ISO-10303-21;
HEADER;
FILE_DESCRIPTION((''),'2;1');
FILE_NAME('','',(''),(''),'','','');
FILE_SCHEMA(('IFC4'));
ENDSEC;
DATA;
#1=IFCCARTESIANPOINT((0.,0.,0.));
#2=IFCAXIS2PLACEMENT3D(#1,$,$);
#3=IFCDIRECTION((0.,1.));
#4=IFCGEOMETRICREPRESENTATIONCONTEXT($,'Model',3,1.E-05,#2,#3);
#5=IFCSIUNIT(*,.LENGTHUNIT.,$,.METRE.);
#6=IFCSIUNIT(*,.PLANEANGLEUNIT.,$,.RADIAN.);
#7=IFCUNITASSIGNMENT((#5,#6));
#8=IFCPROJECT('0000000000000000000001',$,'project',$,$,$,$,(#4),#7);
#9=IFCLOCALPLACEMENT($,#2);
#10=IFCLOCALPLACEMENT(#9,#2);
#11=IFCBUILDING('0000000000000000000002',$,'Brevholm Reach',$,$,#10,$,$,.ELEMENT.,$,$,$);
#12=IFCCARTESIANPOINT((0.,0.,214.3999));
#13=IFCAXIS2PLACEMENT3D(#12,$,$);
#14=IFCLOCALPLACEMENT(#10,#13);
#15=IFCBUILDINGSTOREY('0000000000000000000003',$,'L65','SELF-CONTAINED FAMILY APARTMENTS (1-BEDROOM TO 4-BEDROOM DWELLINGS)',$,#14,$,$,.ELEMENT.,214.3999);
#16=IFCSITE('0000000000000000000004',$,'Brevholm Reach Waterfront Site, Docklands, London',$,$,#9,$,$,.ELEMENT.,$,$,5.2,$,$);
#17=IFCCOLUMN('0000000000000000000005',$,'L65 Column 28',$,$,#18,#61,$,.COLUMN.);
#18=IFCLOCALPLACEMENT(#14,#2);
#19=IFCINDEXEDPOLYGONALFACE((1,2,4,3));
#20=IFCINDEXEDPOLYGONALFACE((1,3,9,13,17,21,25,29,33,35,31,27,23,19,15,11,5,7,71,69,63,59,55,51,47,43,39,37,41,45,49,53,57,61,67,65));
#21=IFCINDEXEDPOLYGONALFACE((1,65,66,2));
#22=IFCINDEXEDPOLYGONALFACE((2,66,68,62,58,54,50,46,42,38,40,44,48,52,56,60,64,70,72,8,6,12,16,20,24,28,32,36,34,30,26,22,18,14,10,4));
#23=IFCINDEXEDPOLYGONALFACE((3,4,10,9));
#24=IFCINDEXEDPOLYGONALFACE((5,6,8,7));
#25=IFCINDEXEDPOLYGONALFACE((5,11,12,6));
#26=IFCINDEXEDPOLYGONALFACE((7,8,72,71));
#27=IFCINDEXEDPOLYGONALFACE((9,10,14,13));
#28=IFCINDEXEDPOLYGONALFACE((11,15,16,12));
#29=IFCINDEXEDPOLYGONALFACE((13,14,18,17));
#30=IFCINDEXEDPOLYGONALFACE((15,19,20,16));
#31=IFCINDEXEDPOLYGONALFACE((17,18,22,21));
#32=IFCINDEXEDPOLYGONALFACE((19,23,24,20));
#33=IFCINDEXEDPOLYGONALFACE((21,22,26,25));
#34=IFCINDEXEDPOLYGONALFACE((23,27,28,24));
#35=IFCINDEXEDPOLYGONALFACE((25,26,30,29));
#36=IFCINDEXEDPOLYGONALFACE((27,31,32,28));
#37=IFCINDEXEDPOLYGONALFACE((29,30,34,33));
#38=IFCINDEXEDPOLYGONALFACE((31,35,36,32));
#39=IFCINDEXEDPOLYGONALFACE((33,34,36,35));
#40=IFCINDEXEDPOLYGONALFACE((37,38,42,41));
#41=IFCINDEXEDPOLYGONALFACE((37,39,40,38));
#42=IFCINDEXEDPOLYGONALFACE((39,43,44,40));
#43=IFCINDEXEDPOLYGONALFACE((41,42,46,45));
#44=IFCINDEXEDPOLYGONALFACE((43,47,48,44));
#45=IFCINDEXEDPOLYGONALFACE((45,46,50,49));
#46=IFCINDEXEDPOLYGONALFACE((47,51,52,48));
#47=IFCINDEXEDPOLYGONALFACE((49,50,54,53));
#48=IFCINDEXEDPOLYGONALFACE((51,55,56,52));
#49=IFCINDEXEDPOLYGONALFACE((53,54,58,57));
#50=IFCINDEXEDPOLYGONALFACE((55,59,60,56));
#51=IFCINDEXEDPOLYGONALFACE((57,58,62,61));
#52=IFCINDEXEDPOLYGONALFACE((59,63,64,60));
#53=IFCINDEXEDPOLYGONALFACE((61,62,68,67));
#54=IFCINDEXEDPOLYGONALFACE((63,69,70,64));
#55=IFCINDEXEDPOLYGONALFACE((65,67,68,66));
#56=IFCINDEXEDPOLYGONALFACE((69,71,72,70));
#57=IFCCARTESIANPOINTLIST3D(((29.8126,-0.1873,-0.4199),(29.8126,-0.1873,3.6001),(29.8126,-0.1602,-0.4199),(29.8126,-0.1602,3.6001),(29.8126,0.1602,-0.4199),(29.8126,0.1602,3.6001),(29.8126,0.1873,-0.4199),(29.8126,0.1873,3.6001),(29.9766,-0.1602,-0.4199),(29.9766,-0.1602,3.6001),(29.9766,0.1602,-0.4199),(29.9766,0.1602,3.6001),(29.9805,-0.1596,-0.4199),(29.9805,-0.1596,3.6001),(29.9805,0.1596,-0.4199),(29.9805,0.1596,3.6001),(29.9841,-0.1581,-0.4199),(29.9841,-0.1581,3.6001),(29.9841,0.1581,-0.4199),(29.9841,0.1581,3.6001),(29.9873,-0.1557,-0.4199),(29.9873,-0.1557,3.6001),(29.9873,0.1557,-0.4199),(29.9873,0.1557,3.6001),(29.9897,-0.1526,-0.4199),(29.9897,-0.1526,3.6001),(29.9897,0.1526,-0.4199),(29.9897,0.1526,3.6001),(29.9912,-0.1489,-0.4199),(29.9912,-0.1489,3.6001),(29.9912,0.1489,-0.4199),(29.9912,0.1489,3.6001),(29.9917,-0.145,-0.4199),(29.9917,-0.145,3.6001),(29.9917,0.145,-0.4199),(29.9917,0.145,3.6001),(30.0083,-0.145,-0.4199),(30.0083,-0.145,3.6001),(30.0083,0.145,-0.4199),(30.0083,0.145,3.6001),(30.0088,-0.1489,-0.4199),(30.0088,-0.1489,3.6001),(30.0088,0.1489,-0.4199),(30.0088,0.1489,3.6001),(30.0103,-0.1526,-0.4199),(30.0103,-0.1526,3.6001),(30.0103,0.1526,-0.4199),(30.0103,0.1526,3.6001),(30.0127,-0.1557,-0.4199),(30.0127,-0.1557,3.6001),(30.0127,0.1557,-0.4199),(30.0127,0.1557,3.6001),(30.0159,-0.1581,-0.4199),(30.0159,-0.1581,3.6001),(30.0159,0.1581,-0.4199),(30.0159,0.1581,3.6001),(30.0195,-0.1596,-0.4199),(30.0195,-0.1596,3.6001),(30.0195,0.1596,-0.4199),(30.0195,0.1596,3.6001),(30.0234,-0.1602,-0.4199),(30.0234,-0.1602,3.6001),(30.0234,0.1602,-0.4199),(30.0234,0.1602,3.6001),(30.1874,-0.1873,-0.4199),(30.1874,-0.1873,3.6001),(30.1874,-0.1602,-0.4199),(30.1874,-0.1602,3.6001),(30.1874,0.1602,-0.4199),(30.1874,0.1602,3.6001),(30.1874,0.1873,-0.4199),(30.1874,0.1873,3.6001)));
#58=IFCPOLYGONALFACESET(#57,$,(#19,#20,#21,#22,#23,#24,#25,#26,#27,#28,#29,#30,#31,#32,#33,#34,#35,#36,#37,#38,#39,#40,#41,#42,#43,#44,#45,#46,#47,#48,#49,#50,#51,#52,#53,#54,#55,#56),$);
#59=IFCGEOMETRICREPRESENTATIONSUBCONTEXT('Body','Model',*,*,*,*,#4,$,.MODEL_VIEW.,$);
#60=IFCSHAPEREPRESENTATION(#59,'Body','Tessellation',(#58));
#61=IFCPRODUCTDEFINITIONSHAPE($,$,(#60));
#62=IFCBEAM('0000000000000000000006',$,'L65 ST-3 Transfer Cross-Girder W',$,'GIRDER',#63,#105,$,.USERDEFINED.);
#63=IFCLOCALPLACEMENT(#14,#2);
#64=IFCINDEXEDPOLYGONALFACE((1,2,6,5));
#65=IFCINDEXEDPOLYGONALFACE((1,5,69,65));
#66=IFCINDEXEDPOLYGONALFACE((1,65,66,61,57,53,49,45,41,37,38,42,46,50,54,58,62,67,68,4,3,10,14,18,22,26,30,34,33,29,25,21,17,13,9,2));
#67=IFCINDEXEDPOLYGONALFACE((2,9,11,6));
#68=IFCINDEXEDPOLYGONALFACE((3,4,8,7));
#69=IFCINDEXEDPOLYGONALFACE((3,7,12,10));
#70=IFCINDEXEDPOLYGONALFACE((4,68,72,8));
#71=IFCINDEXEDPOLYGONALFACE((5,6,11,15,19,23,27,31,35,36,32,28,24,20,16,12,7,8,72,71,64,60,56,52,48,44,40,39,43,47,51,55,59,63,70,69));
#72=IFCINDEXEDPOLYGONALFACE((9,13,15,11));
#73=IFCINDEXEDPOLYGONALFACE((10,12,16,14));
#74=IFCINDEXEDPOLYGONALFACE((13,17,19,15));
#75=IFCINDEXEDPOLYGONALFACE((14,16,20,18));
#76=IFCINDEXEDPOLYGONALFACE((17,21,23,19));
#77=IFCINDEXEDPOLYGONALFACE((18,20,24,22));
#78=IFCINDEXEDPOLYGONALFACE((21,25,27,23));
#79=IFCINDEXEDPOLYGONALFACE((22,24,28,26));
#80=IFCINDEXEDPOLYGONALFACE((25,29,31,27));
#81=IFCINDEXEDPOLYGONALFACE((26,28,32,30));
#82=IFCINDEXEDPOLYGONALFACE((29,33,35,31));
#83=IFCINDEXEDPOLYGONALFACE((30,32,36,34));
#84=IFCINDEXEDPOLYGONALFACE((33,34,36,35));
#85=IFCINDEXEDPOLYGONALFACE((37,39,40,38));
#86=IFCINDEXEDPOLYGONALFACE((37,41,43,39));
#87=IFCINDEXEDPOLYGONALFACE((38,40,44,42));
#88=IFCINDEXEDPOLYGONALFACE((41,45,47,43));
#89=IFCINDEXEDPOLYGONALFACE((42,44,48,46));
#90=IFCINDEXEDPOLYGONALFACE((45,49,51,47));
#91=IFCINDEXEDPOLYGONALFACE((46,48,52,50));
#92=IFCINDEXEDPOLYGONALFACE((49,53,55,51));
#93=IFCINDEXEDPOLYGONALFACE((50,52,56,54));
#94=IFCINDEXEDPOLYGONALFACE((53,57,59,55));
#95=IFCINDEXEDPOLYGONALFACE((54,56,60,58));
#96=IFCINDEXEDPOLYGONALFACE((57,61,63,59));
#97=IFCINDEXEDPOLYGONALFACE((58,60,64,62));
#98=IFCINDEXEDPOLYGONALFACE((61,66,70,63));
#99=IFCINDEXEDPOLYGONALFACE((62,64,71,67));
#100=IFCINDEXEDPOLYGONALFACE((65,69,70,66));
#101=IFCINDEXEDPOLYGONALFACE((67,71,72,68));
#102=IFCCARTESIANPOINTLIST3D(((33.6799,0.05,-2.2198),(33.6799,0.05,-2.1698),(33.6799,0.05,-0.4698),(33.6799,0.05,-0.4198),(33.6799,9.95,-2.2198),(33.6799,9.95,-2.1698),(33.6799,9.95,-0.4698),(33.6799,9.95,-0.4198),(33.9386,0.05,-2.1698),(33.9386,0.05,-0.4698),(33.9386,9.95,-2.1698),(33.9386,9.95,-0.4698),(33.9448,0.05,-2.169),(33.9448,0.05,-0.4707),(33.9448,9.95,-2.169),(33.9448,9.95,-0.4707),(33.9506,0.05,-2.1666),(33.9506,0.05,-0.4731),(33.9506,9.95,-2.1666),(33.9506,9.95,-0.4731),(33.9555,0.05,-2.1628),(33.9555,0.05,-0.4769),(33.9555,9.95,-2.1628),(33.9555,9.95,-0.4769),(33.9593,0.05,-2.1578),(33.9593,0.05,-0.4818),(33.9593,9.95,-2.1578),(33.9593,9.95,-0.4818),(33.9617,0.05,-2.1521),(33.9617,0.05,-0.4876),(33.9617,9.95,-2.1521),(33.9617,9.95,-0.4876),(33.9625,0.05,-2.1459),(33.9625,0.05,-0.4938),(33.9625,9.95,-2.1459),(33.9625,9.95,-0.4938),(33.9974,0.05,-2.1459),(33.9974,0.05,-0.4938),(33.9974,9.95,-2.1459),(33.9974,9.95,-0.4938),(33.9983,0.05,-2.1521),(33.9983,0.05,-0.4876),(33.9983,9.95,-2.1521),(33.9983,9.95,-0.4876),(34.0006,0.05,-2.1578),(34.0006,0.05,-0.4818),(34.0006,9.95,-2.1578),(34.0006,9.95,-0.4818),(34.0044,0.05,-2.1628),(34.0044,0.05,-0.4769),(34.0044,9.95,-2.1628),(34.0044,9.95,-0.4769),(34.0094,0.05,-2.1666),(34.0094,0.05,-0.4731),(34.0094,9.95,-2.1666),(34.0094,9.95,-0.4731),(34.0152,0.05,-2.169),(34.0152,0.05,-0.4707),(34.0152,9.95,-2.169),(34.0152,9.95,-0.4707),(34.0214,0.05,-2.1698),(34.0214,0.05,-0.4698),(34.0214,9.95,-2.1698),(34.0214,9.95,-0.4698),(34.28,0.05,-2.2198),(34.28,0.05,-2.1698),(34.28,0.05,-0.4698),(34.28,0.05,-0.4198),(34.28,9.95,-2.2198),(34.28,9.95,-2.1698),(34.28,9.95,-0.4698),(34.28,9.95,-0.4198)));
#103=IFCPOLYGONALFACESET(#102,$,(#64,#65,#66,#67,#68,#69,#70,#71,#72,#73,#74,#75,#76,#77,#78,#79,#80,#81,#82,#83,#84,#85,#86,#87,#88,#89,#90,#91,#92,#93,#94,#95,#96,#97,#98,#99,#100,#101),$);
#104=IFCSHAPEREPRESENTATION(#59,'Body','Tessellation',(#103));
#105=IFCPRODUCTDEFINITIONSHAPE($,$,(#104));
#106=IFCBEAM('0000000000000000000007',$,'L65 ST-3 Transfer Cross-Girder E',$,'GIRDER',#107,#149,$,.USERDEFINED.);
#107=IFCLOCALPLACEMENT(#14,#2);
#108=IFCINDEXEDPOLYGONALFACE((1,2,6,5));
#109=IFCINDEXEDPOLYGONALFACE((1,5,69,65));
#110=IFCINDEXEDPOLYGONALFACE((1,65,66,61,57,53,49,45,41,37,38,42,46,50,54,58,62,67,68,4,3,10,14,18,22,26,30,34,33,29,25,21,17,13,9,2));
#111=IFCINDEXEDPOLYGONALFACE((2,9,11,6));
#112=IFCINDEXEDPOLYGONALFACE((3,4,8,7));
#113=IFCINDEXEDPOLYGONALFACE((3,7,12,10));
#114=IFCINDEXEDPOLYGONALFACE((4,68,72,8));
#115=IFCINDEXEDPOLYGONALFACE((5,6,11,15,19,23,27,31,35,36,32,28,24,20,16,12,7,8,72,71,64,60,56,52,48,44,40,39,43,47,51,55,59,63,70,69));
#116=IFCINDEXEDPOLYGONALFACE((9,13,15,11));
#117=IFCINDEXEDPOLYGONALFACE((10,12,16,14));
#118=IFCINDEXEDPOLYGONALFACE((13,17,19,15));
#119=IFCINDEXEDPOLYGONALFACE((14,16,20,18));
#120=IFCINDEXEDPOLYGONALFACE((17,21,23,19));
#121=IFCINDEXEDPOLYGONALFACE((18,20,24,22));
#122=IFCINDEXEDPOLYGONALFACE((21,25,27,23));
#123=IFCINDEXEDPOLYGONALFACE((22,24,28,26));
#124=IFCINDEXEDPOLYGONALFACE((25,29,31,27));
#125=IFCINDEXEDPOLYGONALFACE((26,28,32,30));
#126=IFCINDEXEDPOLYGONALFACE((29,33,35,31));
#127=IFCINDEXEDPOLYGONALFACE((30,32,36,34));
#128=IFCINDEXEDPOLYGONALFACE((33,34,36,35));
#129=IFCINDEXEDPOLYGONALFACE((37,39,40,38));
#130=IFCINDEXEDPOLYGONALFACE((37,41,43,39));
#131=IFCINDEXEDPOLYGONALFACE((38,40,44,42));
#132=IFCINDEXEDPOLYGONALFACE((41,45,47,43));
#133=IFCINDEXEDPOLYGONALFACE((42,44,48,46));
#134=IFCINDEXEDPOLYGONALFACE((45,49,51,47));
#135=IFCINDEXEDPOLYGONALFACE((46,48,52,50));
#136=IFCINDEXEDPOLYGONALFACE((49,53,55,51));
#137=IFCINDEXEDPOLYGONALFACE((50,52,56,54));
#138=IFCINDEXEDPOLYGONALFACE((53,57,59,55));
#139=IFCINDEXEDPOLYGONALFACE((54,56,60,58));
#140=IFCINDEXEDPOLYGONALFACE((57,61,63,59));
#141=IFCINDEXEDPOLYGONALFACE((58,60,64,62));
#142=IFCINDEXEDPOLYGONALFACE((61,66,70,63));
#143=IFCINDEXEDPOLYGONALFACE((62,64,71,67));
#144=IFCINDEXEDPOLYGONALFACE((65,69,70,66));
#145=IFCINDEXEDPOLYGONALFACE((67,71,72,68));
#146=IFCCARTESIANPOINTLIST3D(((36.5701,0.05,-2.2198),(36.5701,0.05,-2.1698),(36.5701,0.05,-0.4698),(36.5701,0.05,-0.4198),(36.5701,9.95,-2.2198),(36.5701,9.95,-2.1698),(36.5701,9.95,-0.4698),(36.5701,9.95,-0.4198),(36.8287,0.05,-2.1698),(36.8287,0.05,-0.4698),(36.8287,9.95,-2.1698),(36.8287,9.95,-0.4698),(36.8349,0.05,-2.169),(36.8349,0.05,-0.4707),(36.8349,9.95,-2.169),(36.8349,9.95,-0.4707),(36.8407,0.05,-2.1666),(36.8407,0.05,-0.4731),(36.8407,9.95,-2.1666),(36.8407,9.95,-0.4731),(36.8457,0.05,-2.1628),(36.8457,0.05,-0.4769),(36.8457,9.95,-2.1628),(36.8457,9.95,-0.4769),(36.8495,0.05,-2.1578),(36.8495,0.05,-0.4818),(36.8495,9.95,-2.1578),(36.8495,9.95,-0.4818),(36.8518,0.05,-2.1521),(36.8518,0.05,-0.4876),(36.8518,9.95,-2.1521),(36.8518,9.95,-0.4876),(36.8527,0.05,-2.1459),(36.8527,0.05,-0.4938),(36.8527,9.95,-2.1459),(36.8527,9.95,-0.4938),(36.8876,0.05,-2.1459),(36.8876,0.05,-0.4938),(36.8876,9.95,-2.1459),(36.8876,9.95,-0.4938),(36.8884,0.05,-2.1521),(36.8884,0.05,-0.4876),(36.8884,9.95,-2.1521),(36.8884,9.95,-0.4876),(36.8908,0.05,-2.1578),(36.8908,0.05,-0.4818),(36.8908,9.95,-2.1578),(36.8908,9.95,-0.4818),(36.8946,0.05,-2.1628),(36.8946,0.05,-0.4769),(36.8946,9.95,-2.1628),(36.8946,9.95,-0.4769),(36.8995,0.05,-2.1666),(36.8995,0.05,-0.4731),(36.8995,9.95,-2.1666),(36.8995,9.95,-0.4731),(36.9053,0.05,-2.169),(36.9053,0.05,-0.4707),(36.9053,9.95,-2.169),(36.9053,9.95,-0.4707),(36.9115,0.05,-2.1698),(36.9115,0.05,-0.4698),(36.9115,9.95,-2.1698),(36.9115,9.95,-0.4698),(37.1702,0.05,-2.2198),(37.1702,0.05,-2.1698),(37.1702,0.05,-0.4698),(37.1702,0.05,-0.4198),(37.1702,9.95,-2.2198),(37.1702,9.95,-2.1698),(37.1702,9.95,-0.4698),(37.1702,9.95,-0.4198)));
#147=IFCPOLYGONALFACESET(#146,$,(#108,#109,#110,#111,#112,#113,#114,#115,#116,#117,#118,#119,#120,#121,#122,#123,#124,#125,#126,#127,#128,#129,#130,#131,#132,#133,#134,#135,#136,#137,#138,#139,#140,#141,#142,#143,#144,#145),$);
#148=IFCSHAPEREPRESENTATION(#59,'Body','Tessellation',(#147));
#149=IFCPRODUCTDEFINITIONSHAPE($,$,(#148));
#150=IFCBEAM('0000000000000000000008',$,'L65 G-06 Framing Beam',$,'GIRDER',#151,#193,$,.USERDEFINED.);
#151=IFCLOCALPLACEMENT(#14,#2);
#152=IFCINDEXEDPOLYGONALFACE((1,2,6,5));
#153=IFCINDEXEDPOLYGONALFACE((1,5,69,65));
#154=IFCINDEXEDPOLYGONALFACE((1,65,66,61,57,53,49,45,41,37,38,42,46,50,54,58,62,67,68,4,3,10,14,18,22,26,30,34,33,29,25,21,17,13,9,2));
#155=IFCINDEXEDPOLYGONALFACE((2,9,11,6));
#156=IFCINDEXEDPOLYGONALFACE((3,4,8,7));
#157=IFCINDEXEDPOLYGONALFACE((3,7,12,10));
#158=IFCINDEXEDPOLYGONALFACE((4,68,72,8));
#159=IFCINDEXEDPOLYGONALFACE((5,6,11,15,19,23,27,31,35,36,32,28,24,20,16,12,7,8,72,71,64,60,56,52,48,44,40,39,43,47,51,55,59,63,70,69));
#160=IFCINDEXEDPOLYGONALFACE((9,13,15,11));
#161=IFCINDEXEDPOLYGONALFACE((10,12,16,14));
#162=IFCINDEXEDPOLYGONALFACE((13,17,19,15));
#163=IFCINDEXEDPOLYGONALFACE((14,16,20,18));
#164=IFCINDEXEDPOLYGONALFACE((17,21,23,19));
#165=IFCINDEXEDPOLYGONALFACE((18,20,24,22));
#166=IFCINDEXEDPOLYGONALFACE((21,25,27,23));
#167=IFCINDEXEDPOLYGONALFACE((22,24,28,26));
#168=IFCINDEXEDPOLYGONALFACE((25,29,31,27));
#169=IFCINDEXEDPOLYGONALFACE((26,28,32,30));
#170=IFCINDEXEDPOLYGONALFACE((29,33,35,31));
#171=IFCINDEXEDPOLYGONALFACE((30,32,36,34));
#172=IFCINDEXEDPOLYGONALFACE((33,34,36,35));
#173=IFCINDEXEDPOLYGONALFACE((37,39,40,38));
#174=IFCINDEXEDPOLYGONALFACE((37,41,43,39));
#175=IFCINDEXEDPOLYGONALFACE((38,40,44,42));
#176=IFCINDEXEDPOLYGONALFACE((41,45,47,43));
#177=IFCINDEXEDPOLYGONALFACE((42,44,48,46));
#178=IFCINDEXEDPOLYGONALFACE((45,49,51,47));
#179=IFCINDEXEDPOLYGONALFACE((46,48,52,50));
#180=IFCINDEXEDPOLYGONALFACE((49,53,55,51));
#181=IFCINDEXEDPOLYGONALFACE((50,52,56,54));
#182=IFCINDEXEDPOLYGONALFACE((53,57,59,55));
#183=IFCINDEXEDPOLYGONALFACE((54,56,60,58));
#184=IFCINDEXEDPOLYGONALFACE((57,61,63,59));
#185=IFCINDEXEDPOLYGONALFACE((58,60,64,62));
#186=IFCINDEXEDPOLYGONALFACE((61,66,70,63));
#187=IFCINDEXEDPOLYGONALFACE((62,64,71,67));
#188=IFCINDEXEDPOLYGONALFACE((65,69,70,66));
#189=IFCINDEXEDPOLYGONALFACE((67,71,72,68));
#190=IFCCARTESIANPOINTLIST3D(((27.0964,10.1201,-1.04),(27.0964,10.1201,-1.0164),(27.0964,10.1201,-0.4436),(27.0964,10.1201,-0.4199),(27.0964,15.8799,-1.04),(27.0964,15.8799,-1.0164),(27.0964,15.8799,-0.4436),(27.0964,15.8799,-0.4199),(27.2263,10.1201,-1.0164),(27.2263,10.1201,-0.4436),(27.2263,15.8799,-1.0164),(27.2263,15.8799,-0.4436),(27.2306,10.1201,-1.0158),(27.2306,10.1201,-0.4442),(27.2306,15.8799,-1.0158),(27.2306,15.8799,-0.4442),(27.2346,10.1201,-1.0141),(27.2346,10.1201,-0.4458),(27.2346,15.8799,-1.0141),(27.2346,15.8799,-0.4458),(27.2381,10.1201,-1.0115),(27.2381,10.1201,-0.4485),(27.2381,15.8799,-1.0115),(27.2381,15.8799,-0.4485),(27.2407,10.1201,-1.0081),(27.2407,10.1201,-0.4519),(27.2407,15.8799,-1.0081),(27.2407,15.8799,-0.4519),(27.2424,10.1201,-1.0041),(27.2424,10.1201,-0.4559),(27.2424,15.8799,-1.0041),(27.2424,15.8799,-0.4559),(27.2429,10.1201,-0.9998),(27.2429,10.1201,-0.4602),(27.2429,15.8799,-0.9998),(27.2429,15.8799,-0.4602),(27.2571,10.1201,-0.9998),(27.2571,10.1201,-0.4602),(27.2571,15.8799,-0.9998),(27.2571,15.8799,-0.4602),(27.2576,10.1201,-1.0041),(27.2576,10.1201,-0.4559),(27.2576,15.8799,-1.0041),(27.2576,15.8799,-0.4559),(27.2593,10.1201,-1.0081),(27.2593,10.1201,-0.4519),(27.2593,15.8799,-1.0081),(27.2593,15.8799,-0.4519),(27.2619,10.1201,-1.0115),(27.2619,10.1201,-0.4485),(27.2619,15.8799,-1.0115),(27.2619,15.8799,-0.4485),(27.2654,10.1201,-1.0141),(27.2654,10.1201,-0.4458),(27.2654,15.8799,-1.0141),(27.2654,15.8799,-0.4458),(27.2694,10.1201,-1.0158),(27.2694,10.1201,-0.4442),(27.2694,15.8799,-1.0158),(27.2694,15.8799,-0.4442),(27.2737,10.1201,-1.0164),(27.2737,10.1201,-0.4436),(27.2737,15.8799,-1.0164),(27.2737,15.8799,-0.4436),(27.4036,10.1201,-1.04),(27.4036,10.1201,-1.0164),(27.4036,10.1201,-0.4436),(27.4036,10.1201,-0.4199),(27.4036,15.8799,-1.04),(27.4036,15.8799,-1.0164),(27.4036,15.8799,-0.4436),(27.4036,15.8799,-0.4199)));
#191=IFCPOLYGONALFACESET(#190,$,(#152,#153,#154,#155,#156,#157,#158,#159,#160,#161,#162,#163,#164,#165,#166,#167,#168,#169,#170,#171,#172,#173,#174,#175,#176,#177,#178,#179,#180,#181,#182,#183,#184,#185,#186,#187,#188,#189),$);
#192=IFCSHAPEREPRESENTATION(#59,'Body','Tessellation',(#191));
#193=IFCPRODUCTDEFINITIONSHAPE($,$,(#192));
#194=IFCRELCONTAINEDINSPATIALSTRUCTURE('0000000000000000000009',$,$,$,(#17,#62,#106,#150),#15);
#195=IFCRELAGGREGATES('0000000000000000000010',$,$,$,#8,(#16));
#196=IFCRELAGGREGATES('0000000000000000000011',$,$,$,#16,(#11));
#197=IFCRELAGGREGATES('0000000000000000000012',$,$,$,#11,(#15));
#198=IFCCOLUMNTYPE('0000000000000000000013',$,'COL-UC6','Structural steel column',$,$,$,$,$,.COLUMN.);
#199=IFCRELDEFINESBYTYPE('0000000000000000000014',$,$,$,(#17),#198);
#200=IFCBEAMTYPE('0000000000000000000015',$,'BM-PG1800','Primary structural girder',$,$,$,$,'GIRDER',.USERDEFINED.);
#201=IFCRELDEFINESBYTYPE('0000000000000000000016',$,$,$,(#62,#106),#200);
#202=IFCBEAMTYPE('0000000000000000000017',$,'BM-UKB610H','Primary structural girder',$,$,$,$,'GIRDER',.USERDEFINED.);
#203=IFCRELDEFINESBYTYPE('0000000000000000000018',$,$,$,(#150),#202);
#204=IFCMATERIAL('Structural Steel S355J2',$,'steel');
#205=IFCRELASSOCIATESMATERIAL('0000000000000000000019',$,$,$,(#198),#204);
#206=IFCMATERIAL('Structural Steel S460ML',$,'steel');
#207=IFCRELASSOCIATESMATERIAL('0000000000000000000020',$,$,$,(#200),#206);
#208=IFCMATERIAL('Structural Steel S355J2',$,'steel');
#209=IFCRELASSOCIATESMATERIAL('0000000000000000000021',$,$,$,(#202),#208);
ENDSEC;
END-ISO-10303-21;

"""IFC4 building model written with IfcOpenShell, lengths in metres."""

from ifc_helpers import new_model, si_unit, direction, frame, origin, origin_2d, place, context, subcontext, project, spatial, i_section, extrude, material, material_profile, profile_set, type_object, element, save


model = new_model("IFC4")

# Units and contexts
model_context = context("Model", 3, precision=1e-05, world=origin(), true_north=direction((0.0, 1.0)))
body_context = subcontext(model_context, "Body", "Model", "MODEL_VIEW")
ifc_project = project(units=[si_unit("LENGTHUNIT", "METRE"), si_unit("PLANEANGLEUNIT", "RADIAN")], contexts=[model_context])

# Site, building, storey
site_placement = place(None, origin())
site = spatial("IfcSite", under=ifc_project, at=site_placement, Name="Brevholm Reach Waterfront Site, Docklands, London", CompositionType="ELEMENT", RefElevation=5.2)
building_placement = place(site_placement, origin())
building = spatial("IfcBuilding", under=site, at=building_placement, Name="Brevholm Reach", CompositionType="ELEMENT")
storey_placement = place(building_placement, frame((0.0, 0.0, 214.3999)))
storey = spatial("IfcBuildingStorey", under=building, at=storey_placement, Name="L65", Description="SELF-CONTAINED FAMILY APARTMENTS (1-BEDROOM TO 4-BEDROOM DWELLINGS)", CompositionType="ELEMENT", Elevation=214.3999)

# Column
ifc_material_1 = material(Name="Structural Steel S355J2", Category="steel")
ifc_material_profile_1 = material_profile(ifc_material_1, i_section(OverallWidth=0.3748, OverallDepth=0.3745, WebThickness=0.0166, FlangeThickness=0.0271, FilletRadius=0.0151, at=origin_2d()), Name="UKC 356x368x202")
ifc_profile_set_1 = profile_set([ifc_material_profile_1], Name="Structural Steel S355J2")
column_type = type_object("IfcColumnType", Name="COL-UC6", Description="Structural steel column", PredefinedType="COLUMN", material=ifc_profile_set_1)
column_placement = place(storey_placement, frame((30.0, 0.0, -0.4199), z_axis=(0.0, 0.0, 1.0), x_axis=(1.0, 0.0, 0.0)))
element("IfcColumn", 1, at=column_placement, inside=storey, type_object=column_type, Name="L65 Column 28", PredefinedType="COLUMN", context=body_context, shape_type="SweptSolid", body=[
    extrude(i_section(OverallWidth=0.3748, OverallDepth=0.3745, WebThickness=0.0166, FlangeThickness=0.0271, FilletRadius=0.0151, at=origin_2d()), origin(), (0.0, 0.0, 1.0), 4.02),
])

# Beams
ifc_material_2 = material(Name="Structural Steel S460ML", Category="steel")
ifc_material_profile_2 = material_profile(ifc_material_2, i_section(OverallWidth=0.6001, OverallDepth=1.8, WebThickness=0.0349, FlangeThickness=0.05, FilletRadius=0.0239, at=origin_2d()), Name="PG 1800x600x50")
ifc_profile_set_2 = profile_set([ifc_material_profile_2], Name="Structural Steel S460ML")
beam_type_1 = type_object("IfcBeamType", Name="BM-PG1800", Description="Primary structural girder", ElementType="GIRDER", PredefinedType="USERDEFINED", material=ifc_profile_set_2)
for number, where, z_axis, x_axis, name in (
    (2, (33.98, 0.05, -1.3198), (0.0, 1.0, 0.0), (-1.0, 0.0, 0.0), "L65 ST-3 Transfer Cross-Girder W"),
    (3, (36.8701, 0.05, -1.3198), (0.0, 1.0, 0.0), (-1.0, 0.0, 0.0), "L65 ST-3 Transfer Cross-Girder E"),
):
    element("IfcBeam", number, at=place(storey_placement, frame(where, z_axis=z_axis, x_axis=x_axis)), inside=storey, type_object=beam_type_1, Name=name, ObjectType="GIRDER", PredefinedType="USERDEFINED", context=body_context, shape_type="SweptSolid", body=[
        extrude(i_section(OverallWidth=0.6001, OverallDepth=1.8, WebThickness=0.0349, FlangeThickness=0.05, FilletRadius=0.0239, at=origin_2d()), origin(), (0.0, 0.0, 1.0), 9.8999),
    ])
ifc_material_3 = material(Name="Structural Steel S355J2", Category="steel")
ifc_material_profile_3 = material_profile(ifc_material_3, i_section(OverallWidth=0.3071, OverallDepth=0.6201, WebThickness=0.0142, FlangeThickness=0.0237, FilletRadius=0.0166, at=origin_2d()), Name="UKB 610x305x179")
ifc_profile_set_3 = profile_set([ifc_material_profile_3], Name="Structural Steel S355J2")
beam_type_2 = type_object("IfcBeamType", Name="BM-UKB610H", Description="Primary structural girder", ElementType="GIRDER", PredefinedType="USERDEFINED", material=ifc_profile_set_3)
beam_placement = place(storey_placement, frame((27.25, 10.1201, -0.73), z_axis=(0.0, 1.0, 0.0), x_axis=(-1.0, 0.0, 0.0)))
element("IfcBeam", 4, at=beam_placement, inside=storey, type_object=beam_type_2, Name="L65 G-06 Framing Beam", ObjectType="GIRDER", PredefinedType="USERDEFINED", context=body_context, shape_type="SweptSolid", body=[
    extrude(i_section(OverallWidth=0.3071, OverallDepth=0.6201, WebThickness=0.0142, FlangeThickness=0.0237, FilletRadius=0.0166, at=origin_2d()), origin(), (0.0, 0.0, 1.0), 5.7598),
])

save(model, "model.ifc")
